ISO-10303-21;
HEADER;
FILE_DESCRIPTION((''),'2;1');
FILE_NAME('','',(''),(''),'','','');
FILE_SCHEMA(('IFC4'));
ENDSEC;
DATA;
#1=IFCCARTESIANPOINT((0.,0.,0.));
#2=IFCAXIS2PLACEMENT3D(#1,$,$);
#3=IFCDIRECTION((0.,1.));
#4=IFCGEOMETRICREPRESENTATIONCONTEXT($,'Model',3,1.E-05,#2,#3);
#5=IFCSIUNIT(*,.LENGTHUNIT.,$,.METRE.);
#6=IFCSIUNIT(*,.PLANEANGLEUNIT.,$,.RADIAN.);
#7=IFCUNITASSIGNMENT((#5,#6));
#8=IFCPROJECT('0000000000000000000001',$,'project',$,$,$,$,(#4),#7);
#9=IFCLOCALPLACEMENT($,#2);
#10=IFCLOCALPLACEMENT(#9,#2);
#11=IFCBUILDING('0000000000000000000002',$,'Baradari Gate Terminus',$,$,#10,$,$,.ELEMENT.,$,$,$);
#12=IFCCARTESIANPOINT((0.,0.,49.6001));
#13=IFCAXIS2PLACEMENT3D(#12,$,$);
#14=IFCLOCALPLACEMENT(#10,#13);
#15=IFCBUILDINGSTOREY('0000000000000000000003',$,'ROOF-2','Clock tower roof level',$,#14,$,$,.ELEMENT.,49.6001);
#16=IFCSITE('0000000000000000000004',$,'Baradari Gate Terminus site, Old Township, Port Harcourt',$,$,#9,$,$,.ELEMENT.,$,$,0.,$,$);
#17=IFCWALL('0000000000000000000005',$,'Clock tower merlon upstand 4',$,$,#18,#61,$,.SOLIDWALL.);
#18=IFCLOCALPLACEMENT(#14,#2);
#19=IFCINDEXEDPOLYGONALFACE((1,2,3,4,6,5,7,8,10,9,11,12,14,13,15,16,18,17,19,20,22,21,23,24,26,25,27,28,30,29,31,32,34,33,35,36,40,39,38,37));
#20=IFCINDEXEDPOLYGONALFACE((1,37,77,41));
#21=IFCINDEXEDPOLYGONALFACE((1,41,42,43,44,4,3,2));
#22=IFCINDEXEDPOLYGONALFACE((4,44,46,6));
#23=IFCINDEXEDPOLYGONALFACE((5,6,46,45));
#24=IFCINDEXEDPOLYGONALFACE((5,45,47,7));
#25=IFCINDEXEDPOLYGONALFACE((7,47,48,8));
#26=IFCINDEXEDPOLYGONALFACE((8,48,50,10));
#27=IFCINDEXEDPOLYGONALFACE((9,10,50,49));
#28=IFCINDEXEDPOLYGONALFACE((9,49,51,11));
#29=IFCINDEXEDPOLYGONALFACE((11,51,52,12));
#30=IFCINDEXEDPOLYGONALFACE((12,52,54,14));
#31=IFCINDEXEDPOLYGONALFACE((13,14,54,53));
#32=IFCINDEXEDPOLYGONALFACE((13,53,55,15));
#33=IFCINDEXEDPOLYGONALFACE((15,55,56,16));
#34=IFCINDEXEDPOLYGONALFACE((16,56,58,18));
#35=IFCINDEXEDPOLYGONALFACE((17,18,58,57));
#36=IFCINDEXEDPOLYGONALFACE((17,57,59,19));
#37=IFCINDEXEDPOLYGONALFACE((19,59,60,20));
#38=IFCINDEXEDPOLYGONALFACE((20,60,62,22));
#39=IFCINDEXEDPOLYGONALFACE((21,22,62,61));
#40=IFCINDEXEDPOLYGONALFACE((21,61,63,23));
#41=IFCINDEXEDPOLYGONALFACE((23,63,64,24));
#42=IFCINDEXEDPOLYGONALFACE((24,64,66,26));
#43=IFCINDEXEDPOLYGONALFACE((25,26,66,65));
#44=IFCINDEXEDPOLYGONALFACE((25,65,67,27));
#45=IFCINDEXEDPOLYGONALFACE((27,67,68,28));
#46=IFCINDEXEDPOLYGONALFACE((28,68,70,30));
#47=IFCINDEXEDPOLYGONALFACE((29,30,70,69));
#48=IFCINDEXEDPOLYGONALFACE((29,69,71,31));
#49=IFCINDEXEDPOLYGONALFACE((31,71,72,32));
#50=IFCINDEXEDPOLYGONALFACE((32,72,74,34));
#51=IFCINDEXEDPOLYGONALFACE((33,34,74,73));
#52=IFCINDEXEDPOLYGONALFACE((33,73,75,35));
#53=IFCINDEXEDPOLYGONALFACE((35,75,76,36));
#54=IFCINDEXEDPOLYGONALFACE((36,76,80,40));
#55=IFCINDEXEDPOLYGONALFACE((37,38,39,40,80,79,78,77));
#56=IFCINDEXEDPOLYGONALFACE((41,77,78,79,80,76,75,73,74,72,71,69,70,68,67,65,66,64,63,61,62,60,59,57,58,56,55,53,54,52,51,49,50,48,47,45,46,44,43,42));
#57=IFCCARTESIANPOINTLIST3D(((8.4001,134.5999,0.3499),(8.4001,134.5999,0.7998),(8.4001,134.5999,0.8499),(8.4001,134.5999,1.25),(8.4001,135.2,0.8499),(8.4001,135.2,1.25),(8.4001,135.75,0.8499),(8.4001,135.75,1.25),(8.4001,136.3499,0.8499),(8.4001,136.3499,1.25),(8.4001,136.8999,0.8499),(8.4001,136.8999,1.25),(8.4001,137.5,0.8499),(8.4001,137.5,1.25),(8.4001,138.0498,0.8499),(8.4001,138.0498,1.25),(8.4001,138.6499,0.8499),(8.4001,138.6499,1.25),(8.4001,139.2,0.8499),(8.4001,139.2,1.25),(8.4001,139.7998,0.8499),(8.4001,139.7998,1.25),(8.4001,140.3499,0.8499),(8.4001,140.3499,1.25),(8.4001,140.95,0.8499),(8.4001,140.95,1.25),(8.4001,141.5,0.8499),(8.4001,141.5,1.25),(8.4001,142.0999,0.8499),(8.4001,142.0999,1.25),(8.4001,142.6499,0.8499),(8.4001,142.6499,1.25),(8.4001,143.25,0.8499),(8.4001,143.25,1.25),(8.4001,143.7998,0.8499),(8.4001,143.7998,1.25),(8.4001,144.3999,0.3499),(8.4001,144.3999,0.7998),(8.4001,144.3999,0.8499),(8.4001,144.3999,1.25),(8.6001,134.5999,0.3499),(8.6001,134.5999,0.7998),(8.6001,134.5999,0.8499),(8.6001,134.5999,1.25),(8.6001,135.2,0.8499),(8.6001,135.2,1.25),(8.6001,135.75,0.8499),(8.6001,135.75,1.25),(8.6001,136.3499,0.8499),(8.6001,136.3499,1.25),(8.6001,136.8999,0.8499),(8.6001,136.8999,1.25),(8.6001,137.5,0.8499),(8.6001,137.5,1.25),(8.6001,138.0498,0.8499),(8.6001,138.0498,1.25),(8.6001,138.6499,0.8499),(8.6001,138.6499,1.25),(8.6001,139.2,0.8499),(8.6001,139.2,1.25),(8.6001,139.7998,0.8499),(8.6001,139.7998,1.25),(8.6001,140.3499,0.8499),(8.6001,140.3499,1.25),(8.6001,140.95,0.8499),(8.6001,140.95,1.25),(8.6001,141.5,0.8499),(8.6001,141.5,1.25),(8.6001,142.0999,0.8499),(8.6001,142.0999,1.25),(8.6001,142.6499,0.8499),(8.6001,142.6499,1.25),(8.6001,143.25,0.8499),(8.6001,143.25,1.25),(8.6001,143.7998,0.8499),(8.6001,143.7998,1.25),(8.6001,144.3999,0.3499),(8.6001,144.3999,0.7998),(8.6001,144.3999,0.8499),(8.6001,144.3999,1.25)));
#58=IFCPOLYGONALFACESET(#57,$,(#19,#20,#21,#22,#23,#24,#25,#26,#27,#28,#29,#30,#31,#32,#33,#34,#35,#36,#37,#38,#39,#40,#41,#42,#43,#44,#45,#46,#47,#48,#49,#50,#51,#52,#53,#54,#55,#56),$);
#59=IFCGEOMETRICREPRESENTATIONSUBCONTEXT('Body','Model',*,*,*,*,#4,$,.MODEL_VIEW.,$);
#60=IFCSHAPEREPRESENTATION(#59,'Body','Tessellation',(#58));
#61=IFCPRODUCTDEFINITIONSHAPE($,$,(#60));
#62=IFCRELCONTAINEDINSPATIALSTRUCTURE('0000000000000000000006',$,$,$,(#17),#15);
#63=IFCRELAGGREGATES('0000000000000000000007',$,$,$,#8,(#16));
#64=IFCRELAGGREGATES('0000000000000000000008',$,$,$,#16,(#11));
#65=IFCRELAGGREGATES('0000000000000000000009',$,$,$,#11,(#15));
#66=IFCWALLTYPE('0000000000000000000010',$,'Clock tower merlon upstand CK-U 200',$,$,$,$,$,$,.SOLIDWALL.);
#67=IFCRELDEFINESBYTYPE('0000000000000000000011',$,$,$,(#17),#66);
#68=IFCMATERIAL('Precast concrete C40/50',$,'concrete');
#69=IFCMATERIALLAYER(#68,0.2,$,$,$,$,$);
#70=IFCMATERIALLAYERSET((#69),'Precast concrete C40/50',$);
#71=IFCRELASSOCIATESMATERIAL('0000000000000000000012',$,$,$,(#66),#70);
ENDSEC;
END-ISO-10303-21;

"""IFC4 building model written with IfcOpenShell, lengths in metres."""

from ifc_helpers import new_model, si_unit, direction, frame, origin, place, context, subcontext, project, spatial, polyline, outline, extrude, material, layer, layer_set, type_object, element, save


model = new_model("IFC4")

# Units and contexts
model_context = context("Model", 3, precision=1e-05, world=origin(), true_north=direction((0.0, 1.0)))
body_context = subcontext(model_context, "Body", "Model", "MODEL_VIEW")
ifc_project = project(units=[si_unit("LENGTHUNIT", "METRE"), si_unit("PLANEANGLEUNIT", "RADIAN")], contexts=[model_context])

# Site, building, storey
site_placement = place(None, origin())
site = spatial("IfcSite", under=ifc_project, at=site_placement, Name="Baradari Gate Terminus site, Old Township, Port Harcourt", CompositionType="ELEMENT", RefElevation=0.0)
building_placement = place(site_placement, origin())
building = spatial("IfcBuilding", under=site, at=building_placement, Name="Baradari Gate Terminus", CompositionType="ELEMENT")
storey_placement = place(building_placement, frame((0.0, 0.0, 49.6001)))
storey = spatial("IfcBuildingStorey", under=building, at=storey_placement, Name="ROOF-2", Description="Clock tower roof level", CompositionType="ELEMENT", Elevation=49.6001)

# Wall
ifc_material_1 = material(Name="Precast concrete C40/50", Category="concrete")
ifc_layer_1 = layer(ifc_material_1, 0.2)
ifc_layer_set_1 = layer_set([ifc_layer_1], Name="Precast concrete C40/50")
wall_type = type_object("IfcWallType", Name="Clock tower merlon upstand CK-U 200", PredefinedType="SOLIDWALL", material=ifc_layer_set_1)
wall_1_placement = place(storey_placement, frame((8.5, 144.3999, 0.3499), z_axis=(0.0, 0.0, 1.0), x_axis=(0.0, -1.0, 0.0)))
element("IfcWall", 1, at=wall_1_placement, inside=storey, type_object=wall_type, Name="Clock tower merlon upstand 4", PredefinedType="SOLIDWALL", context=body_context, shape_type="SweptSolid", body=[
    extrude(outline(polyline([(9.8, 0.0), (9.8, 0.45), (9.8, 0.5), (9.8, 0.9001), (9.2, 0.9001), (9.2, 0.5), (8.6499, 0.5), (8.6499, 0.9001), (8.05, 0.9001), (8.05, 0.5), (7.5, 0.5), (7.5, 0.9001), (6.8999, 0.9001), (6.8999, 0.5), (6.3501, 0.5), (6.3501, 0.9001), (5.75, 0.9001), (5.75, 0.5), (5.2, 0.5), (5.2, 0.9001), (4.6001, 0.9001), (4.6001, 0.5), (4.05, 0.5), (4.05, 0.9001), (3.45, 0.9001), (3.45, 0.5), (2.8999, 0.5), (2.8999, 0.9001), (2.3, 0.9001), (2.3, 0.5), (1.75, 0.5), (1.75, 0.9001), (1.1499, 0.9001), (1.1499, 0.5), (0.6001, 0.5), (0.6001, 0.9001), (0.0, 0.9001), (0.0, 0.5), (0.0, 0.45), (0.0, 0.0), (9.8, 0.0)])), frame((0.0, 0.1001, 0.0), z_axis=(0.0, -1.0, 0.0), x_axis=(1.0, 0.0, 0.0)), (0.0, 0.0, 1.0), 0.2),
])

save(model, "model.ifc")
